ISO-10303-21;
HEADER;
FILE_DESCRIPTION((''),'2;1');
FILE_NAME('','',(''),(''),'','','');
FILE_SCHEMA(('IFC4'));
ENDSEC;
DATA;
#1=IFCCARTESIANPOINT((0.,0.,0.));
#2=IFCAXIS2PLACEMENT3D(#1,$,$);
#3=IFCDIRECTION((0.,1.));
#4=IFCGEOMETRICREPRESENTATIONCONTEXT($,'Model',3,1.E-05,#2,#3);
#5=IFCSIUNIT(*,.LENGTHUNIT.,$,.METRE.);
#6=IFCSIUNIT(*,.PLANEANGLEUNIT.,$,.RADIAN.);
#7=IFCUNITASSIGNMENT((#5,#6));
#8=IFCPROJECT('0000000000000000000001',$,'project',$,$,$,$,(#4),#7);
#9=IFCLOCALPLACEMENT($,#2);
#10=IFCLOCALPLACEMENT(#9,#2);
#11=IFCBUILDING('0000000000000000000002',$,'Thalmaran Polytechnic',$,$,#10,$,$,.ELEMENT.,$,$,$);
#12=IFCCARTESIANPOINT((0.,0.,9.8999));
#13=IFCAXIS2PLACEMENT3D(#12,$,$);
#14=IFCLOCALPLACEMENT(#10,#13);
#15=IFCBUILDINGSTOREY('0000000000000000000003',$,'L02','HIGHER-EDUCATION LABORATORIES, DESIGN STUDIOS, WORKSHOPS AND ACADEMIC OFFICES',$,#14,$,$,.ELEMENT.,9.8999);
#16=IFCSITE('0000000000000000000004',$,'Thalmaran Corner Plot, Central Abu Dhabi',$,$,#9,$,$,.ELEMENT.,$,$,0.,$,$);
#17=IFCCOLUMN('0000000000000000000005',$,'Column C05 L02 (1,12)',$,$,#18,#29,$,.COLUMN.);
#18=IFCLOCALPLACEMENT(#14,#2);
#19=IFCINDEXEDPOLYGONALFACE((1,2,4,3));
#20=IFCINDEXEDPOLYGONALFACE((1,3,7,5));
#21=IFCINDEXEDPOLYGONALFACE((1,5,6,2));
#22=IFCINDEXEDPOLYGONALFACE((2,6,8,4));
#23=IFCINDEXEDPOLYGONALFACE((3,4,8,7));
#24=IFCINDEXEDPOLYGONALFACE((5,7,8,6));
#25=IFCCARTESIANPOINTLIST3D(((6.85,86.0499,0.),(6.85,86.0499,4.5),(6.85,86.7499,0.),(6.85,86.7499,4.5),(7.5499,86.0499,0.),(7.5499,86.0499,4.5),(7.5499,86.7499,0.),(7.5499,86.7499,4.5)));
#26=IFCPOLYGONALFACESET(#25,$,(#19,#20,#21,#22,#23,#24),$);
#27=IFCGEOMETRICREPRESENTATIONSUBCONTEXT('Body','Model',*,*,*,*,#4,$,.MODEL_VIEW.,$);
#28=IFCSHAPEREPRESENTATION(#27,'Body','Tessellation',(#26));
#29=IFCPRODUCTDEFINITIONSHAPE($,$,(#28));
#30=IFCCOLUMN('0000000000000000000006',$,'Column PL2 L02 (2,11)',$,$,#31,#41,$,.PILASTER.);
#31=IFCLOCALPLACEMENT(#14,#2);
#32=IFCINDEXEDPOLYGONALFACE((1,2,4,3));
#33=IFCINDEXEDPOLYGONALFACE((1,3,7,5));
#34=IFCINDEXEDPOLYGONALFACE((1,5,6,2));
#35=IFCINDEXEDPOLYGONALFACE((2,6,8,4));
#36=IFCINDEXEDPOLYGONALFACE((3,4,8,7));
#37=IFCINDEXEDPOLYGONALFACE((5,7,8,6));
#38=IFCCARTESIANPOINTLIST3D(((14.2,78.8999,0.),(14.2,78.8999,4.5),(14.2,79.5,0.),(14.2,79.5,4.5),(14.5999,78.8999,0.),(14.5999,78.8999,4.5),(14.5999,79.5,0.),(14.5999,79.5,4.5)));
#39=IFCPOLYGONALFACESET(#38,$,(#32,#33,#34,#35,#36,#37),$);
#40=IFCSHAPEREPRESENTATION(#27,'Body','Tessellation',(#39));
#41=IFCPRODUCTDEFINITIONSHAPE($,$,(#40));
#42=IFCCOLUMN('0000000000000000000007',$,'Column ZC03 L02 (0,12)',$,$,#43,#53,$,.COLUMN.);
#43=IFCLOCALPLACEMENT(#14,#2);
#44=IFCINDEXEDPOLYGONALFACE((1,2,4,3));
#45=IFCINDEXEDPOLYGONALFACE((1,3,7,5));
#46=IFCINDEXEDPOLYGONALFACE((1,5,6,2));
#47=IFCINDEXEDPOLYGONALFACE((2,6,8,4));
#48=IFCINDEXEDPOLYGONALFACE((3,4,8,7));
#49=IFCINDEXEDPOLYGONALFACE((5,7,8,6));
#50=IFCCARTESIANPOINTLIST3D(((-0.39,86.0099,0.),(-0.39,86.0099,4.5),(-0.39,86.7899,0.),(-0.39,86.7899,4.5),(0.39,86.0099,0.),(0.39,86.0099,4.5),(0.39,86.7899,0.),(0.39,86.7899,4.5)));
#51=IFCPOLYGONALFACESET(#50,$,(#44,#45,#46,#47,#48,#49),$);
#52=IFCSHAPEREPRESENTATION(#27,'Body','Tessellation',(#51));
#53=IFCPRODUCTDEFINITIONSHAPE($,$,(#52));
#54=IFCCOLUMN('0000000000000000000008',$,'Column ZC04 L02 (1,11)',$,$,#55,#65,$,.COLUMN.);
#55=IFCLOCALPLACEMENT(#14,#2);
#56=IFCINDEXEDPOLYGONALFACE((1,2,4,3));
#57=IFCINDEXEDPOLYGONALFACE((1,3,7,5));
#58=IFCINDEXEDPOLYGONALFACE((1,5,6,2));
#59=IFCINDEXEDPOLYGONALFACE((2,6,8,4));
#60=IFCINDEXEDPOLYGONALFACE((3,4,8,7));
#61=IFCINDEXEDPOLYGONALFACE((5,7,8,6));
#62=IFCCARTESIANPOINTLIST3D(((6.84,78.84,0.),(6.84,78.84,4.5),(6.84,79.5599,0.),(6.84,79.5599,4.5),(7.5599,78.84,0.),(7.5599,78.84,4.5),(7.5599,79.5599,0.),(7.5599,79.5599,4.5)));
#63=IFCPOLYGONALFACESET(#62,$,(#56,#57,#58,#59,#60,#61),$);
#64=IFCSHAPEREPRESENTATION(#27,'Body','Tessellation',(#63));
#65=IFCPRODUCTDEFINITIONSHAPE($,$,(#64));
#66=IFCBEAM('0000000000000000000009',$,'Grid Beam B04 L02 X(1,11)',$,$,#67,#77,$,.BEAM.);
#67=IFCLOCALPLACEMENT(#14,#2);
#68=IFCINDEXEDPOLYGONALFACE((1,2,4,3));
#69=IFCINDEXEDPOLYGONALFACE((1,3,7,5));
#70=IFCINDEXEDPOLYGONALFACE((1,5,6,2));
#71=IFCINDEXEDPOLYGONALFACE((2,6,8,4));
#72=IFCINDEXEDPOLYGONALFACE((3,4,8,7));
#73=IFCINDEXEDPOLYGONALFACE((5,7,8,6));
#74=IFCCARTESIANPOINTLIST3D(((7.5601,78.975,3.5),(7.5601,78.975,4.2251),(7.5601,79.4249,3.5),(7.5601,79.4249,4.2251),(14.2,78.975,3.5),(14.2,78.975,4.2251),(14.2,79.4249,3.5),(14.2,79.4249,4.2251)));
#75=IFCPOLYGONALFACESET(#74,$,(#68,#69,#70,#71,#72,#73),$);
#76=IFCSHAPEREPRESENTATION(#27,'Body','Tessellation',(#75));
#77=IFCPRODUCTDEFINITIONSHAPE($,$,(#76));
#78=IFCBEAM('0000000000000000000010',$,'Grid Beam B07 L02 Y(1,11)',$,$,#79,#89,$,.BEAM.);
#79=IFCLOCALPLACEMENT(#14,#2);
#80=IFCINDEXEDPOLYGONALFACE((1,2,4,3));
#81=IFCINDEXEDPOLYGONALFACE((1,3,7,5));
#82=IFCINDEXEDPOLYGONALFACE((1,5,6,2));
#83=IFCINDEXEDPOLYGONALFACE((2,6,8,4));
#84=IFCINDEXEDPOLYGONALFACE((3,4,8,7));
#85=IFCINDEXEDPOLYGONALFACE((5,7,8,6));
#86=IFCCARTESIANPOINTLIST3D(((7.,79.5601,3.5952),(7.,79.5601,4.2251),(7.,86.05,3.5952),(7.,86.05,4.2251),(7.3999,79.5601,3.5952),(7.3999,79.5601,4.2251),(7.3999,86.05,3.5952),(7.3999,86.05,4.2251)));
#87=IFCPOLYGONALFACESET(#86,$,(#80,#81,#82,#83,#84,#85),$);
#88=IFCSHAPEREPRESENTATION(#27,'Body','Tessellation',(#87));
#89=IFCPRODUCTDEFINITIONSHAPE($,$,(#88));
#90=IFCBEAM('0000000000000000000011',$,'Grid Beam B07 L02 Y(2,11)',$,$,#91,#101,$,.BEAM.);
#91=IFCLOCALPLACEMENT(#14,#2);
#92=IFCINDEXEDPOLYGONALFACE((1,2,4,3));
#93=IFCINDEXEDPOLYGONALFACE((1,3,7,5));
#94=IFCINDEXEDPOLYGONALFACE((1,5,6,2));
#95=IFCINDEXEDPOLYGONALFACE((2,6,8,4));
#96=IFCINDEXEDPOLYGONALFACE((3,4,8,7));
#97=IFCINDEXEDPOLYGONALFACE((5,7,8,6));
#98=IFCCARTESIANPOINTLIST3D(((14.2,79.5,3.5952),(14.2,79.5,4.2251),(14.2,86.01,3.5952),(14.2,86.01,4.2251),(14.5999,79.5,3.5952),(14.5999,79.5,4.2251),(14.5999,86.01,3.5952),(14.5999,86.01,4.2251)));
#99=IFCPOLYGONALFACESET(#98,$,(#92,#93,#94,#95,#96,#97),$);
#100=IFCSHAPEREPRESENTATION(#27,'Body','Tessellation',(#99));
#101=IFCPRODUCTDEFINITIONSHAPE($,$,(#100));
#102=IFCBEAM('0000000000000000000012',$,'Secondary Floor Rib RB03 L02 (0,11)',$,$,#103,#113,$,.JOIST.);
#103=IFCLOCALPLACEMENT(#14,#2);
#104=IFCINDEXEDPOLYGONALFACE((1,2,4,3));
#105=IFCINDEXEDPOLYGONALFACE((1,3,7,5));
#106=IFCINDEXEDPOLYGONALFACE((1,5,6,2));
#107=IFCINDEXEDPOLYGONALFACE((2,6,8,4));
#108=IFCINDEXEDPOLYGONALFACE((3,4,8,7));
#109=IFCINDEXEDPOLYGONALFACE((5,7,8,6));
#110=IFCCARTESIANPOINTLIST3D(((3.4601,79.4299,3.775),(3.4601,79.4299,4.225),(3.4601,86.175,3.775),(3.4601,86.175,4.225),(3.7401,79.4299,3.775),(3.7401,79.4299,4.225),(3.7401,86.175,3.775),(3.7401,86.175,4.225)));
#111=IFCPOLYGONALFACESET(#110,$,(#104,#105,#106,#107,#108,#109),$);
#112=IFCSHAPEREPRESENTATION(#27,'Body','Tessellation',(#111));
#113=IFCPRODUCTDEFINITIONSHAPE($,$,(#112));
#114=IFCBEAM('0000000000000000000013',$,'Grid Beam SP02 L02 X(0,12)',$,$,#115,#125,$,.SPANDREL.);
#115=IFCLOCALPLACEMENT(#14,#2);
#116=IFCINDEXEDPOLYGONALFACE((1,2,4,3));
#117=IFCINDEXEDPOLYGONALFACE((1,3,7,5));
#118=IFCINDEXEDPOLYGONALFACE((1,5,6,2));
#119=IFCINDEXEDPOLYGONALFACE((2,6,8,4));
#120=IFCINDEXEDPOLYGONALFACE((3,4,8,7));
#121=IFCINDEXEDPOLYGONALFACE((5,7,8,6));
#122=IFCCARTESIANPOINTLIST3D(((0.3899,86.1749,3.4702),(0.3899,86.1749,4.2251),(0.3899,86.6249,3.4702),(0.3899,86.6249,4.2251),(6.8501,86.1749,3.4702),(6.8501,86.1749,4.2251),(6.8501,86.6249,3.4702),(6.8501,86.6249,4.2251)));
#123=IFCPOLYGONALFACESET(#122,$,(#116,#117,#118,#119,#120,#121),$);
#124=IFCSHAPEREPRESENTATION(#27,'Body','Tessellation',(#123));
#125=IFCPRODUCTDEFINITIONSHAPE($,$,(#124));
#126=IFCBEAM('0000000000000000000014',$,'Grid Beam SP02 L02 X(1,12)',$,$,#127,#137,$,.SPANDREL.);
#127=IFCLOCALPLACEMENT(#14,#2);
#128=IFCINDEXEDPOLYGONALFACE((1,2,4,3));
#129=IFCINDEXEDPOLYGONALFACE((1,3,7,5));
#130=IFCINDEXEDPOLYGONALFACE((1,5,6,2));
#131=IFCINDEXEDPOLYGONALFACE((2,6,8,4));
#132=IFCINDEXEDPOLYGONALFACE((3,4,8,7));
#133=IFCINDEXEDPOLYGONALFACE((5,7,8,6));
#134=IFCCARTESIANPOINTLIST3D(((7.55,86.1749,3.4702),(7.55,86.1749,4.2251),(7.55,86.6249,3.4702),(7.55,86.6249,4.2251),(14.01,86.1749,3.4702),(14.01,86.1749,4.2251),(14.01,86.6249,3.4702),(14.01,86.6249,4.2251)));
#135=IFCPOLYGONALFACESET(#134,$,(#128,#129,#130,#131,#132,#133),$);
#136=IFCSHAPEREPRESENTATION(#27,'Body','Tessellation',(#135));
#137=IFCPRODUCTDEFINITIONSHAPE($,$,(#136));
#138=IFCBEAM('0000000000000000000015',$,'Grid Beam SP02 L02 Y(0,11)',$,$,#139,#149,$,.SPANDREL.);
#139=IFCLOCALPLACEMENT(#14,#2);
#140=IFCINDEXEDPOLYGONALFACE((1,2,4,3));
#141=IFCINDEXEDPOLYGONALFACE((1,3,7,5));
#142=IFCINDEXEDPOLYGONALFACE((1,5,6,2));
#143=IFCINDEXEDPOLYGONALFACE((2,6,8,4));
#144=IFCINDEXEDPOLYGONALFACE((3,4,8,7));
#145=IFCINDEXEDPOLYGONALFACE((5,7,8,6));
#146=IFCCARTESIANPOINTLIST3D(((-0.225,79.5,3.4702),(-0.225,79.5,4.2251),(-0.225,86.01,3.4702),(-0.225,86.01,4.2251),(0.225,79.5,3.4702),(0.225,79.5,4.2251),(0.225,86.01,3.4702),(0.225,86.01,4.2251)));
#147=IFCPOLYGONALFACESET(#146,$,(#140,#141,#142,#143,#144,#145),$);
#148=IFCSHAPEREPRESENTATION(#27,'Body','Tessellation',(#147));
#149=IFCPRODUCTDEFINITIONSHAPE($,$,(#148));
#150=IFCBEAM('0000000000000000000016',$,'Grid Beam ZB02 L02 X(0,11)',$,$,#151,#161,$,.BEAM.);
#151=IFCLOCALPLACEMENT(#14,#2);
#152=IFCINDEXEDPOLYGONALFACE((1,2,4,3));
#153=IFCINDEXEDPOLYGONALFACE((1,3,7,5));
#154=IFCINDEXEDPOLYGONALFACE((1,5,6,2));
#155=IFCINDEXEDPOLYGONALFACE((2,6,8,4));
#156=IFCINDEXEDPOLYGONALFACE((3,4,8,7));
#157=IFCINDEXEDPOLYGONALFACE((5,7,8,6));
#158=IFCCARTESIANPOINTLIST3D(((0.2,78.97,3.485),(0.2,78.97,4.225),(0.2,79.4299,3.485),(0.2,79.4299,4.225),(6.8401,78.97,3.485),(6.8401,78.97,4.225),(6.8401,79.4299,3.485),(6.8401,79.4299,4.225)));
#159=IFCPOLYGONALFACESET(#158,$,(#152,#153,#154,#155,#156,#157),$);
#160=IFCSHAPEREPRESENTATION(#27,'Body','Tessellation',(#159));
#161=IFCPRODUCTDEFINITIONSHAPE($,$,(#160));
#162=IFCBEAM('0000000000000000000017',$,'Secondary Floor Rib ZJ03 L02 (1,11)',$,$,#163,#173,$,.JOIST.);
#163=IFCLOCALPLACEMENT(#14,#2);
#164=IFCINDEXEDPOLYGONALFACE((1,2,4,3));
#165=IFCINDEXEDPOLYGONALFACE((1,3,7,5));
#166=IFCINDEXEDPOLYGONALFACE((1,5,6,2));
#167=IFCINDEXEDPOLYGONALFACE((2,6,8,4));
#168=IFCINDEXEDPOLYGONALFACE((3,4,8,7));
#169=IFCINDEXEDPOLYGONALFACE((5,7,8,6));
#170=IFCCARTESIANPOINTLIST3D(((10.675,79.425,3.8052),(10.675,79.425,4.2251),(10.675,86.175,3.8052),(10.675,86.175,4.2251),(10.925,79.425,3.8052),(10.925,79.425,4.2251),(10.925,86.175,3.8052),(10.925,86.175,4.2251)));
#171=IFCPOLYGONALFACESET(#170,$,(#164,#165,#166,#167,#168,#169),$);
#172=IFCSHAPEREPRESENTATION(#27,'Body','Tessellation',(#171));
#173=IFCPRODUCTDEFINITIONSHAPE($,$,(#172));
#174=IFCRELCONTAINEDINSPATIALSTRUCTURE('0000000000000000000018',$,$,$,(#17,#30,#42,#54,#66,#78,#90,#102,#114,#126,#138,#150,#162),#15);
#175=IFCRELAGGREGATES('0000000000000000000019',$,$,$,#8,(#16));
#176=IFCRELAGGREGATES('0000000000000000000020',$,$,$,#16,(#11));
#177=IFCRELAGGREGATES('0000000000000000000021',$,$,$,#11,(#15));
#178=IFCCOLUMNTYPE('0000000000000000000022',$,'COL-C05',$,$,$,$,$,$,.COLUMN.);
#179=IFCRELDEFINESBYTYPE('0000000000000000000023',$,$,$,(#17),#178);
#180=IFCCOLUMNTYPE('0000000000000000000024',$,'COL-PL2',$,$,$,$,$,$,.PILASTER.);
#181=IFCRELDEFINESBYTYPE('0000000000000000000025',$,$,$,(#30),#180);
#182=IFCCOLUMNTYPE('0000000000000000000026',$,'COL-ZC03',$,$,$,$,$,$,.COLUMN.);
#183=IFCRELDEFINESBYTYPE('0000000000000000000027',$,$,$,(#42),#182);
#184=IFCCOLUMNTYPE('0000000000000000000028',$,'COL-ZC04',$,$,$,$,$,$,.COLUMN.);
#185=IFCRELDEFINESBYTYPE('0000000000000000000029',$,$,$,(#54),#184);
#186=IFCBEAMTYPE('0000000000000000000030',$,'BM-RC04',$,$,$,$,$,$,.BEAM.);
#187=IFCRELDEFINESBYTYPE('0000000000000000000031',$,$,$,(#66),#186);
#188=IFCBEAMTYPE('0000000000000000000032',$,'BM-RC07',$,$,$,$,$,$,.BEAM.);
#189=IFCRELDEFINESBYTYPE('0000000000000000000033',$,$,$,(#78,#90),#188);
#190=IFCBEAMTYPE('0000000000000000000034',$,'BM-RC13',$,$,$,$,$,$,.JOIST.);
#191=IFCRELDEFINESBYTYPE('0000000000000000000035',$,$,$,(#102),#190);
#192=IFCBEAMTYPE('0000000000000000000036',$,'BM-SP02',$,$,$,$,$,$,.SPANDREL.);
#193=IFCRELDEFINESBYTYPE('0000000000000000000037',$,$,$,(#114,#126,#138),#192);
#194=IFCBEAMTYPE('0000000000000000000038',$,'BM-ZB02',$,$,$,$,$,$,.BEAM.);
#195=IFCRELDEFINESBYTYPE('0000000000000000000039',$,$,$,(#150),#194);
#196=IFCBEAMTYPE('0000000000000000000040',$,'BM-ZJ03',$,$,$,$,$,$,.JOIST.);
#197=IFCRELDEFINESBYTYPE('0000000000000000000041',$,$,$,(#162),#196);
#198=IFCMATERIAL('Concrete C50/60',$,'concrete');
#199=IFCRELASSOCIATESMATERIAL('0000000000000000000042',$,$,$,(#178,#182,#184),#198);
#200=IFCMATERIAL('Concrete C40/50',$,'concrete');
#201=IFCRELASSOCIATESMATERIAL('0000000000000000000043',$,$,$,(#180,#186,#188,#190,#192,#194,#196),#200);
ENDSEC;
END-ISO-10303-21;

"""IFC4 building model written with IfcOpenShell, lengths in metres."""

from ifc_helpers import new_model, si_unit, direction, frame, origin, origin_2d, place, context, subcontext, project, spatial, rectangle, extrude, material, material_profile, profile_set, type_object, element, save


model = new_model("IFC4")

# Units and contexts
model_context = context("Model", 3, precision=1e-05, world=origin(), true_north=direction((0.0, 1.0)))
body_context = subcontext(model_context, "Body", "Model", "MODEL_VIEW")
ifc_project = project(units=[si_unit("LENGTHUNIT", "METRE"), si_unit("PLANEANGLEUNIT", "RADIAN")], contexts=[model_context])

# Site, building, storey
site_placement = place(None, origin())
site = spatial("IfcSite", under=ifc_project, at=site_placement, Name="Thalmaran Corner Plot, Central Abu Dhabi", CompositionType="ELEMENT", RefElevation=0.0)
building_placement = place(site_placement, origin())
building = spatial("IfcBuilding", under=site, at=building_placement, Name="Thalmaran Polytechnic", CompositionType="ELEMENT")
storey_placement = place(building_placement, frame((0.0, 0.0, 9.8999)))
storey = spatial("IfcBuildingStorey", under=building, at=storey_placement, Name="L02", Description="HIGHER-EDUCATION LABORATORIES, DESIGN STUDIOS, WORKSHOPS AND ACADEMIC OFFICES", CompositionType="ELEMENT", Elevation=9.8999)

# Columns
ifc_material_1 = material(Name="Concrete C50/60", Category="concrete")
ifc_material_profile_1 = material_profile(ifc_material_1, rectangle(XDim=0.7, YDim=0.7, at=origin_2d()), Name="RC 700x700")
ifc_profile_set_1 = profile_set([ifc_material_profile_1], Name="Concrete C50/60")
column_type_1 = type_object("IfcColumnType", Name="COL-C05", PredefinedType="COLUMN", material=ifc_profile_set_1)
column_1_placement = place(storey_placement, frame((7.2, 86.3999, 0.0), z_axis=(0.0, 0.0, 1.0), x_axis=(1.0, 0.0, 0.0)))
element("IfcColumn", 1, at=column_1_placement, inside=storey, type_object=column_type_1, Name="Column C05 L02 (1,12)", PredefinedType="COLUMN", context=body_context, shape_type="SweptSolid", body=[
    extrude(rectangle(XDim=0.7, YDim=0.7, at=origin_2d()), origin(), (0.0, 0.0, 1.0), 4.5),
])
ifc_material_2 = material(Name="Concrete C40/50", Category="concrete")
ifc_material_profile_2 = material_profile(ifc_material_2, rectangle(XDim=0.3999, YDim=0.6001, at=origin_2d()), Name="RC 400x600")
ifc_profile_set_2 = profile_set([ifc_material_profile_2], Name="Concrete C40/50")
column_type_2 = type_object("IfcColumnType", Name="COL-PL2", PredefinedType="PILASTER", material=ifc_profile_set_2)
column_2_placement = place(storey_placement, frame((14.3999, 79.2, 0.0), z_axis=(0.0, 0.0, 1.0), x_axis=(1.0, 0.0, 0.0)))
element("IfcColumn", 2, at=column_2_placement, inside=storey, type_object=column_type_2, Name="Column PL2 L02 (2,11)", PredefinedType="PILASTER", context=body_context, shape_type="SweptSolid", body=[
    extrude(rectangle(XDim=0.3999, YDim=0.6001, at=origin_2d()), origin(), (0.0, 0.0, 1.0), 4.5),
])
ifc_material_profile_3 = material_profile(ifc_material_1, rectangle(XDim=0.78, YDim=0.78, at=origin_2d()), Name="RC 780x780")
ifc_profile_set_3 = profile_set([ifc_material_profile_3], Name="Concrete C50/60")
column_type_3 = type_object("IfcColumnType", Name="COL-ZC03", PredefinedType="COLUMN", material=ifc_profile_set_3)
column_3_placement = place(storey_placement, frame((0.0, 86.3999, 0.0), z_axis=(0.0, 0.0, 1.0), x_axis=(1.0, 0.0, 0.0)))
element("IfcColumn", 3, at=column_3_placement, inside=storey, type_object=column_type_3, Name="Column ZC03 L02 (0,12)", PredefinedType="COLUMN", context=body_context, shape_type="SweptSolid", body=[
    extrude(rectangle(XDim=0.78, YDim=0.78, at=origin_2d()), origin(), (0.0, 0.0, 1.0), 4.5),
])
ifc_material_profile_4 = material_profile(ifc_material_1, rectangle(XDim=0.72, YDim=0.72, at=origin_2d()), Name="RC 720x720")
ifc_profile_set_4 = profile_set([ifc_material_profile_4], Name="Concrete C50/60")
column_type_4 = type_object("IfcColumnType", Name="COL-ZC04", PredefinedType="COLUMN", material=ifc_profile_set_4)
column_4_placement = place(storey_placement, frame((7.2, 79.2, 0.0), z_axis=(0.0, 0.0, 1.0), x_axis=(1.0, 0.0, 0.0)))
element("IfcColumn", 4, at=column_4_placement, inside=storey, type_object=column_type_4, Name="Column ZC04 L02 (1,11)", PredefinedType="COLUMN", context=body_context, shape_type="SweptSolid", body=[
    extrude(rectangle(XDim=0.72, YDim=0.72, at=origin_2d()), origin(), (0.0, 0.0, 1.0), 4.5),
])

# Beams
ifc_material_profile_5 = material_profile(ifc_material_2, rectangle(XDim=0.45, YDim=0.7251, at=origin_2d()), Name="RC 450x725")
ifc_profile_set_5 = profile_set([ifc_material_profile_5], Name="Concrete C40/50")
beam_type_1 = type_object("IfcBeamType", Name="BM-RC04", PredefinedType="BEAM", material=ifc_profile_set_5)
beam_1_placement = place(storey_placement, frame((7.5601, 79.2, 3.8625), z_axis=(1.0, 0.0, 0.0), x_axis=(0.0, 1.0, 0.0)))
element("IfcBeam", 5, at=beam_1_placement, inside=storey, type_object=beam_type_1, Name="Grid Beam B04 L02 X(1,11)", PredefinedType="BEAM", context=body_context, shape_type="SweptSolid", body=[
    extrude(rectangle(XDim=0.45, YDim=0.7251, at=origin_2d()), origin(), (0.0, 0.0, 1.0), 6.6399),
])
ifc_material_profile_6 = material_profile(ifc_material_2, rectangle(XDim=0.3999, YDim=0.6299, at=origin_2d()), Name="RC 400x630")
ifc_profile_set_6 = profile_set([ifc_material_profile_6], Name="Concrete C40/50")
beam_type_2 = type_object("IfcBeamType", Name="BM-RC07", PredefinedType="BEAM", material=ifc_profile_set_6)
beam_2_placement = place(storey_placement, frame((7.2, 79.5601, 3.9102), z_axis=(0.0, 1.0, 0.0), x_axis=(-1.0, 0.0, 0.0)))
element("IfcBeam", 6, at=beam_2_placement, inside=storey, type_object=beam_type_2, Name="Grid Beam B07 L02 Y(1,11)", PredefinedType="BEAM", context=body_context, shape_type="SweptSolid", body=[
    extrude(rectangle(XDim=0.3999, YDim=0.6299, at=origin_2d()), origin(), (0.0, 0.0, 1.0), 6.49),
])
beam_3_placement = place(storey_placement, frame((14.3999, 79.5, 3.9102), z_axis=(0.0, 1.0, 0.0), x_axis=(-1.0, 0.0, 0.0)))
element("IfcBeam", 7, at=beam_3_placement, inside=storey, type_object=beam_type_2, Name="Grid Beam B07 L02 Y(2,11)", PredefinedType="BEAM", context=body_context, shape_type="SweptSolid", body=[
    extrude(rectangle(XDim=0.3999, YDim=0.6299, at=origin_2d()), origin(), (0.0, 0.0, 1.0), 6.51),
])
ifc_material_profile_7 = material_profile(ifc_material_2, rectangle(XDim=0.28, YDim=0.45, at=origin_2d()), Name="RC 280x450")
ifc_profile_set_7 = profile_set([ifc_material_profile_7], Name="Concrete C40/50")
beam_type_3 = type_object("IfcBeamType", Name="BM-RC13", PredefinedType="JOIST", material=ifc_profile_set_7)
beam_4_placement = place(storey_placement, frame((3.6001, 79.4299, 4.0), z_axis=(0.0, 1.0, 0.0), x_axis=(-1.0, 0.0, 0.0)))
element("IfcBeam", 8, at=beam_4_placement, inside=storey, type_object=beam_type_3, Name="Secondary Floor Rib RB03 L02 (0,11)", PredefinedType="JOIST", context=body_context, shape_type="SweptSolid", body=[
    extrude(rectangle(XDim=0.28, YDim=0.45, at=origin_2d()), origin(), (0.0, 0.0, 1.0), 6.7451),
])
ifc_material_profile_8 = material_profile(ifc_material_2, rectangle(XDim=0.45, YDim=0.7549, at=origin_2d()), Name="RC 450x755")
ifc_profile_set_8 = profile_set([ifc_material_profile_8], Name="Concrete C40/50")
beam_type_4 = type_object("IfcBeamType", Name="BM-SP02", PredefinedType="SPANDREL", material=ifc_profile_set_8)
beam_5_placement = place(storey_placement, frame((0.3899, 86.3999, 3.8477), z_axis=(1.0, 0.0, 0.0), x_axis=(0.0, 1.0, 0.0)))
element("IfcBeam", 9, at=beam_5_placement, inside=storey, type_object=beam_type_4, Name="Grid Beam SP02 L02 X(0,12)", PredefinedType="SPANDREL", context=body_context, shape_type="SweptSolid", body=[
    extrude(rectangle(XDim=0.45, YDim=0.7549, at=origin_2d()), origin(), (0.0, 0.0, 1.0), 6.4602),
])
beam_6_placement = place(storey_placement, frame((7.55, 86.3999, 3.8477), z_axis=(1.0, 0.0, 0.0), x_axis=(0.0, 1.0, 0.0)))
element("IfcBeam", 10, at=beam_6_placement, inside=storey, type_object=beam_type_4, Name="Grid Beam SP02 L02 X(1,12)", PredefinedType="SPANDREL", context=body_context, shape_type="SweptSolid", body=[
    extrude(rectangle(XDim=0.45, YDim=0.7549, at=origin_2d()), origin(), (0.0, 0.0, 1.0), 6.46),
])
beam_7_placement = place(storey_placement, frame((0.0, 79.5, 3.8477), z_axis=(0.0, 1.0, 0.0), x_axis=(-1.0, 0.0, 0.0)))
element("IfcBeam", 11, at=beam_7_placement, inside=storey, type_object=beam_type_4, Name="Grid Beam SP02 L02 Y(0,11)", PredefinedType="SPANDREL", context=body_context, shape_type="SweptSolid", body=[
    extrude(rectangle(XDim=0.45, YDim=0.7549, at=origin_2d()), origin(), (0.0, 0.0, 1.0), 6.51),
])
ifc_material_profile_9 = material_profile(ifc_material_2, rectangle(XDim=0.46, YDim=0.74, at=origin_2d()), Name="RC 460x740")
ifc_profile_set_9 = profile_set([ifc_material_profile_9], Name="Concrete C40/50")
beam_type_5 = type_object("IfcBeamType", Name="BM-ZB02", PredefinedType="BEAM", material=ifc_profile_set_9)
beam_8_placement = place(storey_placement, frame((0.2, 79.2, 3.855), z_axis=(1.0, 0.0, 0.0), x_axis=(0.0, 1.0, 0.0)))
element("IfcBeam", 12, at=beam_8_placement, inside=storey, type_object=beam_type_5, Name="Grid Beam ZB02 L02 X(0,11)", PredefinedType="BEAM", context=body_context, shape_type="SweptSolid", body=[
    extrude(rectangle(XDim=0.46, YDim=0.74, at=origin_2d()), origin(), (0.0, 0.0, 1.0), 6.6401),
])
ifc_material_profile_10 = material_profile(ifc_material_2, rectangle(XDim=0.25, YDim=0.4199, at=origin_2d()), Name="RC 250x420")
ifc_profile_set_10 = profile_set([ifc_material_profile_10], Name="Concrete C40/50")
beam_type_6 = type_object("IfcBeamType", Name="BM-ZJ03", PredefinedType="JOIST", material=ifc_profile_set_10)
beam_9_placement = place(storey_placement, frame((10.8, 79.425, 4.0151), z_axis=(0.0, 1.0, 0.0), x_axis=(-1.0, 0.0, 0.0)))
element("IfcBeam", 13, at=beam_9_placement, inside=storey, type_object=beam_type_6, Name="Secondary Floor Rib ZJ03 L02 (1,11)", PredefinedType="JOIST", context=body_context, shape_type="SweptSolid", body=[
    extrude(rectangle(XDim=0.25, YDim=0.4199, at=origin_2d()), origin(), (0.0, 0.0, 1.0), 6.75),
])

save(model, "model.ifc")
